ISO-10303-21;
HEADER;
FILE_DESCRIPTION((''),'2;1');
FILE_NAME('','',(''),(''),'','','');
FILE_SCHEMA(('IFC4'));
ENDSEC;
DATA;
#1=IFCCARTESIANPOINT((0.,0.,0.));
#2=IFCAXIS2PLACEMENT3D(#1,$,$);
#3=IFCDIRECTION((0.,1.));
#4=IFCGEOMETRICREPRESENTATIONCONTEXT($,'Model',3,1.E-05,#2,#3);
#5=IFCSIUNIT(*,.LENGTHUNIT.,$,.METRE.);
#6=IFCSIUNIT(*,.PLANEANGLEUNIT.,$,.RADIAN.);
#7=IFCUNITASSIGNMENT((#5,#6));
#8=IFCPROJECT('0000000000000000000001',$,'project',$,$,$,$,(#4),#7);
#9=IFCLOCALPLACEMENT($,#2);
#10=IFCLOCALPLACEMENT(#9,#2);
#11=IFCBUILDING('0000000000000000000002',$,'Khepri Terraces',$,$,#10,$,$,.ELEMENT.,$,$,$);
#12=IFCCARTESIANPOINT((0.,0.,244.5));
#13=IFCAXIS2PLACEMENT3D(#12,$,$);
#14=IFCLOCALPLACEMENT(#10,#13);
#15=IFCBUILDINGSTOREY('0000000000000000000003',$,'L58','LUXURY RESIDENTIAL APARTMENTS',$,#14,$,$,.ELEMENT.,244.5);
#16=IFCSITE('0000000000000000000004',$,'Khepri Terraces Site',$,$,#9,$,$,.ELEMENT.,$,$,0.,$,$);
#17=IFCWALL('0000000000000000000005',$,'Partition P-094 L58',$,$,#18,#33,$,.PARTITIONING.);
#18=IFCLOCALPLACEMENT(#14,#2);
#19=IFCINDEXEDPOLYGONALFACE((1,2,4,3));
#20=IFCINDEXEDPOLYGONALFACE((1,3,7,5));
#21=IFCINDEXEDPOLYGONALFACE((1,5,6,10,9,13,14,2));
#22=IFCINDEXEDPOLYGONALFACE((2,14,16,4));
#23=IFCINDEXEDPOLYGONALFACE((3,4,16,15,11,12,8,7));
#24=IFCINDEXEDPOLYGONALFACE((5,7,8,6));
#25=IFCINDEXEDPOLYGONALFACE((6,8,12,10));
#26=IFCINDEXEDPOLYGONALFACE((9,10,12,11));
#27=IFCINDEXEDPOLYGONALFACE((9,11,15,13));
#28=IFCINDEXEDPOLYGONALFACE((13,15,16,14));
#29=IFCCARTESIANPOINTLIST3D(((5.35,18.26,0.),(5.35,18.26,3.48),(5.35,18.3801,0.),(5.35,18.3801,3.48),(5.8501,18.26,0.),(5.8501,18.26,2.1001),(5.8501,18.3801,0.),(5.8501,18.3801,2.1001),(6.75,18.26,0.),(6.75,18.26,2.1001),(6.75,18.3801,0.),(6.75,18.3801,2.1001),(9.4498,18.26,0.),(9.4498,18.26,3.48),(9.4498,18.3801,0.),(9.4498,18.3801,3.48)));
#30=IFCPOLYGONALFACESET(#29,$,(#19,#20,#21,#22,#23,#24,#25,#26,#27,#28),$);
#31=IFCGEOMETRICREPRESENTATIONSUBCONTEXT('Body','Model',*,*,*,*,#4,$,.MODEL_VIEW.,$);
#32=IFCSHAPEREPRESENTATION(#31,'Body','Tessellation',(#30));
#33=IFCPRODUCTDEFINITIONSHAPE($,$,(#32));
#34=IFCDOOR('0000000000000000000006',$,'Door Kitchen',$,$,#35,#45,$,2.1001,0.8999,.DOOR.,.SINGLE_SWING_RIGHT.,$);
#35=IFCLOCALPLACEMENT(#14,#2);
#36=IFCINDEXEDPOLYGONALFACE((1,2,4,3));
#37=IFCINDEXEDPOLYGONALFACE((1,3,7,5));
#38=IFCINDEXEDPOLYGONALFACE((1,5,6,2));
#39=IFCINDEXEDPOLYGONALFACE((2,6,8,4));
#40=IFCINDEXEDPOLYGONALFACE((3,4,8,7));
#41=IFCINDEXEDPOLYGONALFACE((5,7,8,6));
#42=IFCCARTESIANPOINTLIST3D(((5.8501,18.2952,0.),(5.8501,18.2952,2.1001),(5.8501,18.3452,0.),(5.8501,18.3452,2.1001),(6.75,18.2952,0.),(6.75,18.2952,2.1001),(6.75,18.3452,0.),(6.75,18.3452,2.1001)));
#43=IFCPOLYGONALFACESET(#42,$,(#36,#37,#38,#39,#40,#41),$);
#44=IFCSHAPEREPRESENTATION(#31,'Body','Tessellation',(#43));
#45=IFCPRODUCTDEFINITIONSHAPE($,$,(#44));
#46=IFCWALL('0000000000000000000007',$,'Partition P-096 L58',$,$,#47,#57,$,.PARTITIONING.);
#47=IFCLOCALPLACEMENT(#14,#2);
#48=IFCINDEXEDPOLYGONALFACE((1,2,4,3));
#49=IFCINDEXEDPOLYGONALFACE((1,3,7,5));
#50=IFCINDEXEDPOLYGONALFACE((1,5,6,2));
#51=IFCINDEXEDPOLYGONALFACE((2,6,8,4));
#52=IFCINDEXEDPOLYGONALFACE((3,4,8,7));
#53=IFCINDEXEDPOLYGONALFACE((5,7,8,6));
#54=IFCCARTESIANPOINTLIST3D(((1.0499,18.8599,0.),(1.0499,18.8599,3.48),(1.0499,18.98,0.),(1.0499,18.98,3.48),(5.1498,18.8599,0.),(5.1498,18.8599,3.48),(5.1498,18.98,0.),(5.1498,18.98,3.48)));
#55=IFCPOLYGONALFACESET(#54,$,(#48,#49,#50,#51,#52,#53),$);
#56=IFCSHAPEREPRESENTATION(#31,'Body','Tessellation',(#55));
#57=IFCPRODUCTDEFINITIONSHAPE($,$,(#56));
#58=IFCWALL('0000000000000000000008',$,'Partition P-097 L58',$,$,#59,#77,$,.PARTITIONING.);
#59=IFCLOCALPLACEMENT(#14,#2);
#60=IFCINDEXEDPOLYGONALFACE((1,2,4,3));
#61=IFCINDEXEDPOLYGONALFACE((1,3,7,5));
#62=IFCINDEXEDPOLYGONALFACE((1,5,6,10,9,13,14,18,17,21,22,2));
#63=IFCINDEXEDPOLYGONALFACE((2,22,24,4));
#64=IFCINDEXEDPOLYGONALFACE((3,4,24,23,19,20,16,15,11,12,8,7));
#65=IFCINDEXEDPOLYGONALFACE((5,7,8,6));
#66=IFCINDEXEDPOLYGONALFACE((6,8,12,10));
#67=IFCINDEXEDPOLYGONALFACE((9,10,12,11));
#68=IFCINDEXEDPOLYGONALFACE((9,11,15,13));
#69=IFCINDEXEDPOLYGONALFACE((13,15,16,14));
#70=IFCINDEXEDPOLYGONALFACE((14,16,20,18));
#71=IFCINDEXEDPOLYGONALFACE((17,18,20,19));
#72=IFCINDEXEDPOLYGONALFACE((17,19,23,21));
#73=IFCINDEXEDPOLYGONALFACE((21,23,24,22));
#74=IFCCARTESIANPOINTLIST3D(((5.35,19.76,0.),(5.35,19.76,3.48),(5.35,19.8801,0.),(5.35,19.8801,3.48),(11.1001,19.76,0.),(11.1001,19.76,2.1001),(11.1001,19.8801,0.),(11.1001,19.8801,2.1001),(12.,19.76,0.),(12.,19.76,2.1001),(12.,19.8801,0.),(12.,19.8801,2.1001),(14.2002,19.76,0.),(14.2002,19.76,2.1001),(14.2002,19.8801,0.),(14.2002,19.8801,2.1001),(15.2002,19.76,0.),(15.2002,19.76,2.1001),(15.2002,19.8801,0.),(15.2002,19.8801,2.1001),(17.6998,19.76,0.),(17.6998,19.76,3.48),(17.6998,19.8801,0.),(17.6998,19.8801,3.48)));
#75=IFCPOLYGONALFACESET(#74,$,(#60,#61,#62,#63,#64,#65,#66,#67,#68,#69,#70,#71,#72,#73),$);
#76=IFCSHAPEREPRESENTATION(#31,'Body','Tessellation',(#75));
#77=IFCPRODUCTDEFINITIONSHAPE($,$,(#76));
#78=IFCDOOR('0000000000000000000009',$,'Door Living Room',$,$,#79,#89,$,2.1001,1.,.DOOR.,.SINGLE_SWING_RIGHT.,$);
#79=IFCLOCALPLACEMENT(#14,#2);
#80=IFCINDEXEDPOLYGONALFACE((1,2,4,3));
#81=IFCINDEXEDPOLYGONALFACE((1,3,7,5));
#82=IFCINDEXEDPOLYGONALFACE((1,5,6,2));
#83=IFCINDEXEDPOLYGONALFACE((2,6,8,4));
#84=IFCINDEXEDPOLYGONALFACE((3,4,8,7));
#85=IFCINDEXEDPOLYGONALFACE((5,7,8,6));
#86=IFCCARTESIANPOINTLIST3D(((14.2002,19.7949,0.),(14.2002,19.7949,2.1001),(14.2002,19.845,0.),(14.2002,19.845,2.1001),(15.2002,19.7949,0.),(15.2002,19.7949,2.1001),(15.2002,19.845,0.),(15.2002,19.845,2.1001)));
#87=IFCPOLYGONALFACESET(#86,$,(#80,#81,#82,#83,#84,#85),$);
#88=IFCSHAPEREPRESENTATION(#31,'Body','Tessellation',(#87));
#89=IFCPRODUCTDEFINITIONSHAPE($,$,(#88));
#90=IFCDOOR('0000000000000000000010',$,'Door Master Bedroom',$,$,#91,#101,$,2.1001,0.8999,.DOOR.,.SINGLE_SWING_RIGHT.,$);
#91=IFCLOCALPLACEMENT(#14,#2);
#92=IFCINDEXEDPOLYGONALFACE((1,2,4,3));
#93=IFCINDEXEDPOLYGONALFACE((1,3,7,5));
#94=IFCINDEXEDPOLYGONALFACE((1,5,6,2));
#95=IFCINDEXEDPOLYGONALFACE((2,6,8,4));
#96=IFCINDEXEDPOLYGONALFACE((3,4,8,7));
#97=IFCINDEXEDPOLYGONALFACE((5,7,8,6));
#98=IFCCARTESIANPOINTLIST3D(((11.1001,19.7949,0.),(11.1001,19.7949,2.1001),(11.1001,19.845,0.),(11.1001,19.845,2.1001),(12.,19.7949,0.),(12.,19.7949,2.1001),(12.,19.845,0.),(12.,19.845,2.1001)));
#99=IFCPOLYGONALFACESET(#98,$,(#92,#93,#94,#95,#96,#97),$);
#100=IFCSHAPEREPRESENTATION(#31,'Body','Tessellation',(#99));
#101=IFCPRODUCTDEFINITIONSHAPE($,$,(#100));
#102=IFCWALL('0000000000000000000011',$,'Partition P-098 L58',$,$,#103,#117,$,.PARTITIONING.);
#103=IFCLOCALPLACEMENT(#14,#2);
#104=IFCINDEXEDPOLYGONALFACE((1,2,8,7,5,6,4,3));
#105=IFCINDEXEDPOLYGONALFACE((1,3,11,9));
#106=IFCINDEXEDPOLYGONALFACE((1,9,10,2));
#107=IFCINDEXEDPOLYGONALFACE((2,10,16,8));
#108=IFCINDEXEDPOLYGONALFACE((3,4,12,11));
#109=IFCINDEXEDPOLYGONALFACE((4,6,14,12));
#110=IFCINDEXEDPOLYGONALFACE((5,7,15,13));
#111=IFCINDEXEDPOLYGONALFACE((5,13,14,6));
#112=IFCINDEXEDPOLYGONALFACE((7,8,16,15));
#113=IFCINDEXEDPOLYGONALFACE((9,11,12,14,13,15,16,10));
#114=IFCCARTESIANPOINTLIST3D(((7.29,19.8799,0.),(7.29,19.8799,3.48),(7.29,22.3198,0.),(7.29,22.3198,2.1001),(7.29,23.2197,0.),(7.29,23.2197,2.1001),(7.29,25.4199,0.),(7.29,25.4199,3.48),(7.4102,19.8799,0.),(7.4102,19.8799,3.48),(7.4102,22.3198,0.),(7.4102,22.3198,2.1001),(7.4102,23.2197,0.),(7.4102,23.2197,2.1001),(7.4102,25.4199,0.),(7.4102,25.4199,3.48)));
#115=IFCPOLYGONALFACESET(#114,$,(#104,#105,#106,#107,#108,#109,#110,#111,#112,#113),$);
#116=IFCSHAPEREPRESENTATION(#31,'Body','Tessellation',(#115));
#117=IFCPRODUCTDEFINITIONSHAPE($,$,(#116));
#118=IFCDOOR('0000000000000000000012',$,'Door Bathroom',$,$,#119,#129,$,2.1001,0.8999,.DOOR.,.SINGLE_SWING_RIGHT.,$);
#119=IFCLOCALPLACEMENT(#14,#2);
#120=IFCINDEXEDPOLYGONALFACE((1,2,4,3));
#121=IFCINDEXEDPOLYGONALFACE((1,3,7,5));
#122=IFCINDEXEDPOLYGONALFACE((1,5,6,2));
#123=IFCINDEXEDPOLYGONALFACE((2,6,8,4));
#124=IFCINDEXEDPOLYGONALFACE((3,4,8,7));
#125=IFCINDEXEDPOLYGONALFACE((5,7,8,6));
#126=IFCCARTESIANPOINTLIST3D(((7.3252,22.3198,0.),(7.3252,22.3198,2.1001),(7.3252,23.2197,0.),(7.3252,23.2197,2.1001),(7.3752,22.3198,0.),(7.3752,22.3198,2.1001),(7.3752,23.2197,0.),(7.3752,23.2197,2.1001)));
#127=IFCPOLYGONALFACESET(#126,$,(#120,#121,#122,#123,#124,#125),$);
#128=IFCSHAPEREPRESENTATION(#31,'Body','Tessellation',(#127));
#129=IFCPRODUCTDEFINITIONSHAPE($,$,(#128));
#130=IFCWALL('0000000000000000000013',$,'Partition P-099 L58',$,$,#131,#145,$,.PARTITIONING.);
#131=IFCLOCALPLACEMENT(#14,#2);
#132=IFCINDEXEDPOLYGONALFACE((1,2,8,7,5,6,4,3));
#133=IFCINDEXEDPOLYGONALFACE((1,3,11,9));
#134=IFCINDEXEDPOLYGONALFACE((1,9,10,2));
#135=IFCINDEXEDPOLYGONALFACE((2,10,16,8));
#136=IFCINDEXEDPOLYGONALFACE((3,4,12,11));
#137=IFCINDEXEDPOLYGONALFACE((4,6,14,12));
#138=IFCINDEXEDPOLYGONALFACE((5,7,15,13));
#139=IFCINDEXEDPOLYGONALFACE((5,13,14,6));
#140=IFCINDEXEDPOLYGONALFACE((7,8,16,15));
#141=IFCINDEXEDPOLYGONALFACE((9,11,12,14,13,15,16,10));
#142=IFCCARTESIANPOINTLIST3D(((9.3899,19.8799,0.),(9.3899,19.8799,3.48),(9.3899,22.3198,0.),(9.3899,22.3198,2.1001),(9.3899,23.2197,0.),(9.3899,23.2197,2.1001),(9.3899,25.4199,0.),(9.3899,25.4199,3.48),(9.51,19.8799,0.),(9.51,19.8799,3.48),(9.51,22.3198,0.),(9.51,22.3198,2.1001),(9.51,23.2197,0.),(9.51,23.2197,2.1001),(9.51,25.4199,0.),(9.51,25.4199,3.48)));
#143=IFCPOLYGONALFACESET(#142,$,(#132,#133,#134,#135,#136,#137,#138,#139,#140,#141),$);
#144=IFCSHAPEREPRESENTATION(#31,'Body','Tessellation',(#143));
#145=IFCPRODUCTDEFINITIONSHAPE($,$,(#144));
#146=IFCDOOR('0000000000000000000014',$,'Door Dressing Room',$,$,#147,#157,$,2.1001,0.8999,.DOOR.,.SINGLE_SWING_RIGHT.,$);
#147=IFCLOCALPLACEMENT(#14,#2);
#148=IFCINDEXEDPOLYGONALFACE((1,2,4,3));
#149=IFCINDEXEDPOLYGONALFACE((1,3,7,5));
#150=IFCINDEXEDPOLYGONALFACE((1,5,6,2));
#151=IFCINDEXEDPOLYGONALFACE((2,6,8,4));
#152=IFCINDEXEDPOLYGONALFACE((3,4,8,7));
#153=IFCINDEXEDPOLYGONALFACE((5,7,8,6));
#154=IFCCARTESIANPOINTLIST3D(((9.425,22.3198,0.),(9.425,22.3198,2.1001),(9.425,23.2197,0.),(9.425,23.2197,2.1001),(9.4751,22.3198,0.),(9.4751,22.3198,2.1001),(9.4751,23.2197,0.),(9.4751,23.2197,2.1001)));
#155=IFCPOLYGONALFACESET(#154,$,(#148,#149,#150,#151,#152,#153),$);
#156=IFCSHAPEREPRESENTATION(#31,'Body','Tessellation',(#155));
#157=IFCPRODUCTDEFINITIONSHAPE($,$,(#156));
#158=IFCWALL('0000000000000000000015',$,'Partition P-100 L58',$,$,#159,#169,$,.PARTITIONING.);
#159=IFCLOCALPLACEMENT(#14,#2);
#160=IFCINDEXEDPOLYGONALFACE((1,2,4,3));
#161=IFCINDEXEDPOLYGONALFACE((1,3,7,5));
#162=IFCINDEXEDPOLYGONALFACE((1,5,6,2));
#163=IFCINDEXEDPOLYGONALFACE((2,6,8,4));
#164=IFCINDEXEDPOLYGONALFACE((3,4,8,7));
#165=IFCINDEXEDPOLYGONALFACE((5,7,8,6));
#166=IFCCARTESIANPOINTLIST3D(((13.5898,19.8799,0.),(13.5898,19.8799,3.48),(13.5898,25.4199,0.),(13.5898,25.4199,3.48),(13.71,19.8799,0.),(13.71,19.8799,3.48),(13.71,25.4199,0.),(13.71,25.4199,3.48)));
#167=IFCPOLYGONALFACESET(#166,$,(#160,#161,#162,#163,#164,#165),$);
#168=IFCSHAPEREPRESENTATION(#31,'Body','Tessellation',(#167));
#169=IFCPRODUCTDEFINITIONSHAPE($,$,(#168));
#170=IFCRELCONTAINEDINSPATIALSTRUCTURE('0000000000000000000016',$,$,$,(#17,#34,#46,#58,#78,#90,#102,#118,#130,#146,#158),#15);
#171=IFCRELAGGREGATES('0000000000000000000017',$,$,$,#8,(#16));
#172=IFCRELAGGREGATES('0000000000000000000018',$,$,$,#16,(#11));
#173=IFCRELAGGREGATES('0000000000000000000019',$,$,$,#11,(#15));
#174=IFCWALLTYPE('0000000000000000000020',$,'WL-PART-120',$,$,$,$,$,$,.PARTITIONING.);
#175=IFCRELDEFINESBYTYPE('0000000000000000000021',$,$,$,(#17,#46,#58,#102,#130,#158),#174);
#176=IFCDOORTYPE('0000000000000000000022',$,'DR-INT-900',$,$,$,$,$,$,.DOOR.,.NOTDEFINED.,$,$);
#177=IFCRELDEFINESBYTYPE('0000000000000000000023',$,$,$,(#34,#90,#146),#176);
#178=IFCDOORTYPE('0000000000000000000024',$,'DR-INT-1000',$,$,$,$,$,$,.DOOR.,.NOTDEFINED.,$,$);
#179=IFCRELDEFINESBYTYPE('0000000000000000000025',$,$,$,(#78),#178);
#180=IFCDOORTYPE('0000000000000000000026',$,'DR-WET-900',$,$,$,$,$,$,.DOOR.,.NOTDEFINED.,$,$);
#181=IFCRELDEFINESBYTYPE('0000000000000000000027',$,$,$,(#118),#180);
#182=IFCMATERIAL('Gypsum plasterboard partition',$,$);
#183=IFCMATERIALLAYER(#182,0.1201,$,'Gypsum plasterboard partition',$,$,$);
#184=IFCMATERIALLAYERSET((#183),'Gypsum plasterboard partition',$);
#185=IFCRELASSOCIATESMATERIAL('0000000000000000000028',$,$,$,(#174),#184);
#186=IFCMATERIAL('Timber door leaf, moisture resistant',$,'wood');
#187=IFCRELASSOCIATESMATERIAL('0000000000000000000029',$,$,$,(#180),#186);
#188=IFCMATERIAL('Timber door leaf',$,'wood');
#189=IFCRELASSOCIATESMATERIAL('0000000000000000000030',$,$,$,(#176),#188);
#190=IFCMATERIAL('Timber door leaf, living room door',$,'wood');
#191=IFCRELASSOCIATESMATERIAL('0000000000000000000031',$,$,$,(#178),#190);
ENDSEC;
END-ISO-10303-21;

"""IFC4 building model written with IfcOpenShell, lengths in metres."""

from ifc_helpers import new_model, si_unit, direction, frame, frame_2d, origin, place, context, subcontext, project, spatial, rectangle, extrude, material, layer, layer_set, type_object, element, fill, save


model = new_model("IFC4")

# Units and contexts
model_context = context("Model", 3, precision=1e-05, world=origin(), true_north=direction((0.0, 1.0)))
body_context = subcontext(model_context, "Body", "Model", "MODEL_VIEW")
ifc_project = project(units=[si_unit("LENGTHUNIT", "METRE"), si_unit("PLANEANGLEUNIT", "RADIAN")], contexts=[model_context])

# Site, building, storey
site_placement = place(None, origin())
site = spatial("IfcSite", under=ifc_project, at=site_placement, Name="Khepri Terraces Site", CompositionType="ELEMENT", RefElevation=0.0)
building_placement = place(site_placement, origin())
building = spatial("IfcBuilding", under=site, at=building_placement, Name="Khepri Terraces", CompositionType="ELEMENT")
storey_placement = place(building_placement, frame((0.0, 0.0, 244.5)))
storey = spatial("IfcBuildingStorey", under=building, at=storey_placement, Name="L58", Description="LUXURY RESIDENTIAL APARTMENTS", CompositionType="ELEMENT", Elevation=244.5)

# Shared definitions
ifc_material_1 = material(Name="Gypsum plasterboard partition")
ifc_layer_1 = layer(ifc_material_1, 0.1201, Name="Gypsum plasterboard partition")
ifc_layer_set_1 = layer_set([ifc_layer_1], Name="Gypsum plasterboard partition")
wall_type_1 = type_object("IfcWallType", Name="WL-PART-120", PredefinedType="PARTITIONING", material=ifc_layer_set_1)

# Shared definitions
ifc_material_2 = material(Name="Timber door leaf, moisture resistant", Category="wood")
door_type_1 = type_object("IfcDoorType", Name="DR-WET-900", OperationType="NOTDEFINED", PredefinedType="DOOR", material=ifc_material_2)

# Wall, opening, door
wall_1_placement = place(storey_placement, frame((5.3501, 18.3201, 0.0), z_axis=(0.0, 0.0, 1.0), x_axis=(1.0, 0.0, 0.0)))
wall_1 = element("IfcWall", 1, at=wall_1_placement, inside=storey, type_object=wall_type_1, Name="Partition P-094 L58", PredefinedType="PARTITIONING", context=body_context, shape_type="SweptSolid", body=[
    extrude(rectangle(XDim=4.0999, YDim=0.1201, at=frame_2d((2.0498, 0.0))), origin(), (0.0, 0.0, 1.0), 3.48),
])
opening_1_placement = place(wall_1_placement, frame((0.5, 0.0, 0.0)))
opening_1 = element("IfcOpeningElement", 2, at=opening_1_placement, cuts=wall_1, PredefinedType="OPENING", context=body_context, shape_type="SweptSolid", body=[
    extrude(rectangle(XDim=0.8999, YDim=2.1001, at=frame_2d((0.45, 1.05))), frame((0.0, 0.0701, 0.0), z_axis=(0.0, -1.0, 0.0), x_axis=(1.0, 0.0, 0.0)), (0.0, 0.0, 1.0), 0.1401),
])
ifc_material_3 = material(Name="Timber door leaf", Category="wood")
door_type_2 = type_object("IfcDoorType", Name="DR-INT-900", OperationType="NOTDEFINED", PredefinedType="DOOR", material=ifc_material_3)
door_1_placement = place(opening_1_placement, frame((0.8999, 0.0, 0.0), z_axis=(0.0, 0.0, 1.0), x_axis=(-1.0, 0.0, 0.0)))
door_1 = element("IfcDoor", 3, at=door_1_placement, inside=storey, type_object=door_type_2, Name="Door Kitchen", OperationType="SINGLE_SWING_RIGHT", OverallHeight=2.1001, OverallWidth=0.8999, PredefinedType="DOOR", context=body_context, shape_type="SweptSolid", body=[
    extrude(rectangle(XDim=0.8999, YDim=2.1001, at=frame_2d((0.45, 1.05))), frame((0.0, 0.0249, 0.0), z_axis=(0.0, -1.0, 0.0), x_axis=(1.0, 0.0, 0.0)), (0.0, 0.0, 1.0), 0.05),
])
fill(opening_1, door_1)

# Wall
wall_2_placement = place(storey_placement, frame((1.05, 18.9199, 0.0), z_axis=(0.0, 0.0, 1.0), x_axis=(1.0, 0.0, 0.0)))
element("IfcWall", 4, at=wall_2_placement, inside=storey, type_object=wall_type_1, Name="Partition P-096 L58", PredefinedType="PARTITIONING", context=body_context, shape_type="SweptSolid", body=[
    extrude(rectangle(XDim=4.0999, YDim=0.1201, at=frame_2d((2.0498, 0.0))), origin(), (0.0, 0.0, 1.0), 3.48),
])

# Wall, openings, doors
wall_3_placement = place(storey_placement, frame((5.3501, 19.8201, 0.0), z_axis=(0.0, 0.0, 1.0), x_axis=(1.0, 0.0, 0.0)))
wall_3 = element("IfcWall", 5, at=wall_3_placement, inside=storey, type_object=wall_type_1, Name="Partition P-097 L58", PredefinedType="PARTITIONING", context=body_context, shape_type="SweptSolid", body=[
    extrude(rectangle(XDim=12.3499, YDim=0.1201, at=frame_2d((6.1748, 0.0))), origin(), (0.0, 0.0, 1.0), 3.48),
])
opening_2_placement = place(wall_3_placement, frame((8.8501, 0.0, 0.0)))
opening_2 = element("IfcOpeningElement", 6, at=opening_2_placement, cuts=wall_3, PredefinedType="OPENING", context=body_context, shape_type="SweptSolid", body=[
    extrude(rectangle(XDim=1.0, YDim=2.1001, at=frame_2d((0.5, 1.05))), frame((0.0, 0.0701, 0.0), z_axis=(0.0, -1.0, 0.0), x_axis=(1.0, 0.0, 0.0)), (0.0, 0.0, 1.0), 0.1401),
])
opening_3_placement = place(wall_3_placement, frame((5.75, 0.0, 0.0)))
opening_3 = element("IfcOpeningElement", 7, at=opening_3_placement, cuts=wall_3, PredefinedType="OPENING", context=body_context, shape_type="SweptSolid", body=[
    extrude(rectangle(XDim=0.8999, YDim=2.1001, at=frame_2d((0.45, 1.05))), frame((0.0, 0.0701, 0.0), z_axis=(0.0, -1.0, 0.0), x_axis=(1.0, 0.0, 0.0)), (0.0, 0.0, 1.0), 0.1401),
])
ifc_material_4 = material(Name="Timber door leaf, living room door", Category="wood")
door_type_3 = type_object("IfcDoorType", Name="DR-INT-1000", OperationType="NOTDEFINED", PredefinedType="DOOR", material=ifc_material_4)
door_2_placement = place(opening_2_placement, origin())
door_2 = element("IfcDoor", 8, at=door_2_placement, inside=storey, type_object=door_type_3, Name="Door Living Room", OperationType="SINGLE_SWING_RIGHT", OverallHeight=2.1001, OverallWidth=1.0, PredefinedType="DOOR", context=body_context, shape_type="SweptSolid", body=[
    extrude(rectangle(XDim=1.0, YDim=2.1001, at=frame_2d((0.5, 1.05))), frame((0.0, 0.0249, 0.0), z_axis=(0.0, -1.0, 0.0), x_axis=(1.0, 0.0, 0.0)), (0.0, 0.0, 1.0), 0.05),
])
fill(opening_2, door_2)
door_3_placement = place(opening_3_placement, origin())
door_3 = element("IfcDoor", 9, at=door_3_placement, inside=storey, type_object=door_type_2, Name="Door Master Bedroom", OperationType="SINGLE_SWING_RIGHT", OverallHeight=2.1001, OverallWidth=0.8999, PredefinedType="DOOR", context=body_context, shape_type="SweptSolid", body=[
    extrude(rectangle(XDim=0.8999, YDim=2.1001, at=frame_2d((0.45, 1.05))), frame((0.0, 0.0249, 0.0), z_axis=(0.0, -1.0, 0.0), x_axis=(1.0, 0.0, 0.0)), (0.0, 0.0, 1.0), 0.05),
])
fill(opening_3, door_3)

# Walls, openings, doors
wall_4_placement = place(storey_placement, frame((7.3501, 19.8799, 0.0), z_axis=(0.0, 0.0, 1.0), x_axis=(0.0, 1.0, 0.0)))
wall_4 = element("IfcWall", 10, at=wall_4_placement, inside=storey, type_object=wall_type_1, Name="Partition P-098 L58", PredefinedType="PARTITIONING", context=body_context, shape_type="SweptSolid", body=[
    extrude(rectangle(XDim=5.54, YDim=0.1201, at=frame_2d((2.77, 0.0))), origin(), (0.0, 0.0, 1.0), 3.48),
])
opening_4_placement = place(wall_4_placement, frame((2.4399, 0.0, 0.0)))
opening_4 = element("IfcOpeningElement", 11, at=opening_4_placement, cuts=wall_4, PredefinedType="OPENING", context=body_context, shape_type="SweptSolid", body=[
    extrude(rectangle(XDim=0.8999, YDim=2.1001, at=frame_2d((0.45, 1.05))), frame((0.0, 0.0701, 0.0), z_axis=(0.0, -1.0, 0.0), x_axis=(1.0, 0.0, 0.0)), (0.0, 0.0, 1.0), 0.1401),
])
door_4_placement = place(opening_4_placement, origin())
door_4 = element("IfcDoor", 12, at=door_4_placement, inside=storey, type_object=door_type_1, Name="Door Bathroom", OperationType="SINGLE_SWING_RIGHT", OverallHeight=2.1001, OverallWidth=0.8999, PredefinedType="DOOR", context=body_context, shape_type="SweptSolid", body=[
    extrude(rectangle(XDim=0.8999, YDim=2.1001, at=frame_2d((0.45, 1.05))), frame((0.0, 0.0249, 0.0), z_axis=(0.0, -1.0, 0.0), x_axis=(1.0, 0.0, 0.0)), (0.0, 0.0, 1.0), 0.05),
])
fill(opening_4, door_4)
wall_5_placement = place(storey_placement, frame((9.45, 19.8799, 0.0), z_axis=(0.0, 0.0, 1.0), x_axis=(0.0, 1.0, 0.0)))
wall_5 = element("IfcWall", 13, at=wall_5_placement, inside=storey, type_object=wall_type_1, Name="Partition P-099 L58", PredefinedType="PARTITIONING", context=body_context, shape_type="SweptSolid", body=[
    extrude(rectangle(XDim=5.54, YDim=0.1201, at=frame_2d((2.77, 0.0))), origin(), (0.0, 0.0, 1.0), 3.48),
])
opening_5_placement = place(wall_5_placement, frame((2.4399, 0.0, 0.0)))
opening_5 = element("IfcOpeningElement", 14, at=opening_5_placement, cuts=wall_5, PredefinedType="OPENING", context=body_context, shape_type="SweptSolid", body=[
    extrude(rectangle(XDim=0.8999, YDim=2.1001, at=frame_2d((0.45, 1.05))), frame((0.0, 0.0701, 0.0), z_axis=(0.0, -1.0, 0.0), x_axis=(1.0, 0.0, 0.0)), (0.0, 0.0, 1.0), 0.1401),
])
door_5_placement = place(opening_5_placement, origin())
door_5 = element("IfcDoor", 15, at=door_5_placement, inside=storey, type_object=door_type_2, Name="Door Dressing Room", OperationType="SINGLE_SWING_RIGHT", OverallHeight=2.1001, OverallWidth=0.8999, PredefinedType="DOOR", context=body_context, shape_type="SweptSolid", body=[
    extrude(rectangle(XDim=0.8999, YDim=2.1001, at=frame_2d((0.45, 1.05))), frame((0.0, 0.0249, 0.0), z_axis=(0.0, -1.0, 0.0), x_axis=(1.0, 0.0, 0.0)), (0.0, 0.0, 1.0), 0.05),
])
fill(opening_5, door_5)

# Wall
wall_6_placement = place(storey_placement, frame((13.6499, 19.8799, 0.0), z_axis=(0.0, 0.0, 1.0), x_axis=(0.0, 1.0, 0.0)))
element("IfcWall", 16, at=wall_6_placement, inside=storey, type_object=wall_type_1, Name="Partition P-100 L58", PredefinedType="PARTITIONING", context=body_context, shape_type="SweptSolid", body=[
    extrude(rectangle(XDim=5.54, YDim=0.1201, at=frame_2d((2.77, 0.0))), origin(), (0.0, 0.0, 1.0), 3.48),
])

save(model, "model.ifc")
